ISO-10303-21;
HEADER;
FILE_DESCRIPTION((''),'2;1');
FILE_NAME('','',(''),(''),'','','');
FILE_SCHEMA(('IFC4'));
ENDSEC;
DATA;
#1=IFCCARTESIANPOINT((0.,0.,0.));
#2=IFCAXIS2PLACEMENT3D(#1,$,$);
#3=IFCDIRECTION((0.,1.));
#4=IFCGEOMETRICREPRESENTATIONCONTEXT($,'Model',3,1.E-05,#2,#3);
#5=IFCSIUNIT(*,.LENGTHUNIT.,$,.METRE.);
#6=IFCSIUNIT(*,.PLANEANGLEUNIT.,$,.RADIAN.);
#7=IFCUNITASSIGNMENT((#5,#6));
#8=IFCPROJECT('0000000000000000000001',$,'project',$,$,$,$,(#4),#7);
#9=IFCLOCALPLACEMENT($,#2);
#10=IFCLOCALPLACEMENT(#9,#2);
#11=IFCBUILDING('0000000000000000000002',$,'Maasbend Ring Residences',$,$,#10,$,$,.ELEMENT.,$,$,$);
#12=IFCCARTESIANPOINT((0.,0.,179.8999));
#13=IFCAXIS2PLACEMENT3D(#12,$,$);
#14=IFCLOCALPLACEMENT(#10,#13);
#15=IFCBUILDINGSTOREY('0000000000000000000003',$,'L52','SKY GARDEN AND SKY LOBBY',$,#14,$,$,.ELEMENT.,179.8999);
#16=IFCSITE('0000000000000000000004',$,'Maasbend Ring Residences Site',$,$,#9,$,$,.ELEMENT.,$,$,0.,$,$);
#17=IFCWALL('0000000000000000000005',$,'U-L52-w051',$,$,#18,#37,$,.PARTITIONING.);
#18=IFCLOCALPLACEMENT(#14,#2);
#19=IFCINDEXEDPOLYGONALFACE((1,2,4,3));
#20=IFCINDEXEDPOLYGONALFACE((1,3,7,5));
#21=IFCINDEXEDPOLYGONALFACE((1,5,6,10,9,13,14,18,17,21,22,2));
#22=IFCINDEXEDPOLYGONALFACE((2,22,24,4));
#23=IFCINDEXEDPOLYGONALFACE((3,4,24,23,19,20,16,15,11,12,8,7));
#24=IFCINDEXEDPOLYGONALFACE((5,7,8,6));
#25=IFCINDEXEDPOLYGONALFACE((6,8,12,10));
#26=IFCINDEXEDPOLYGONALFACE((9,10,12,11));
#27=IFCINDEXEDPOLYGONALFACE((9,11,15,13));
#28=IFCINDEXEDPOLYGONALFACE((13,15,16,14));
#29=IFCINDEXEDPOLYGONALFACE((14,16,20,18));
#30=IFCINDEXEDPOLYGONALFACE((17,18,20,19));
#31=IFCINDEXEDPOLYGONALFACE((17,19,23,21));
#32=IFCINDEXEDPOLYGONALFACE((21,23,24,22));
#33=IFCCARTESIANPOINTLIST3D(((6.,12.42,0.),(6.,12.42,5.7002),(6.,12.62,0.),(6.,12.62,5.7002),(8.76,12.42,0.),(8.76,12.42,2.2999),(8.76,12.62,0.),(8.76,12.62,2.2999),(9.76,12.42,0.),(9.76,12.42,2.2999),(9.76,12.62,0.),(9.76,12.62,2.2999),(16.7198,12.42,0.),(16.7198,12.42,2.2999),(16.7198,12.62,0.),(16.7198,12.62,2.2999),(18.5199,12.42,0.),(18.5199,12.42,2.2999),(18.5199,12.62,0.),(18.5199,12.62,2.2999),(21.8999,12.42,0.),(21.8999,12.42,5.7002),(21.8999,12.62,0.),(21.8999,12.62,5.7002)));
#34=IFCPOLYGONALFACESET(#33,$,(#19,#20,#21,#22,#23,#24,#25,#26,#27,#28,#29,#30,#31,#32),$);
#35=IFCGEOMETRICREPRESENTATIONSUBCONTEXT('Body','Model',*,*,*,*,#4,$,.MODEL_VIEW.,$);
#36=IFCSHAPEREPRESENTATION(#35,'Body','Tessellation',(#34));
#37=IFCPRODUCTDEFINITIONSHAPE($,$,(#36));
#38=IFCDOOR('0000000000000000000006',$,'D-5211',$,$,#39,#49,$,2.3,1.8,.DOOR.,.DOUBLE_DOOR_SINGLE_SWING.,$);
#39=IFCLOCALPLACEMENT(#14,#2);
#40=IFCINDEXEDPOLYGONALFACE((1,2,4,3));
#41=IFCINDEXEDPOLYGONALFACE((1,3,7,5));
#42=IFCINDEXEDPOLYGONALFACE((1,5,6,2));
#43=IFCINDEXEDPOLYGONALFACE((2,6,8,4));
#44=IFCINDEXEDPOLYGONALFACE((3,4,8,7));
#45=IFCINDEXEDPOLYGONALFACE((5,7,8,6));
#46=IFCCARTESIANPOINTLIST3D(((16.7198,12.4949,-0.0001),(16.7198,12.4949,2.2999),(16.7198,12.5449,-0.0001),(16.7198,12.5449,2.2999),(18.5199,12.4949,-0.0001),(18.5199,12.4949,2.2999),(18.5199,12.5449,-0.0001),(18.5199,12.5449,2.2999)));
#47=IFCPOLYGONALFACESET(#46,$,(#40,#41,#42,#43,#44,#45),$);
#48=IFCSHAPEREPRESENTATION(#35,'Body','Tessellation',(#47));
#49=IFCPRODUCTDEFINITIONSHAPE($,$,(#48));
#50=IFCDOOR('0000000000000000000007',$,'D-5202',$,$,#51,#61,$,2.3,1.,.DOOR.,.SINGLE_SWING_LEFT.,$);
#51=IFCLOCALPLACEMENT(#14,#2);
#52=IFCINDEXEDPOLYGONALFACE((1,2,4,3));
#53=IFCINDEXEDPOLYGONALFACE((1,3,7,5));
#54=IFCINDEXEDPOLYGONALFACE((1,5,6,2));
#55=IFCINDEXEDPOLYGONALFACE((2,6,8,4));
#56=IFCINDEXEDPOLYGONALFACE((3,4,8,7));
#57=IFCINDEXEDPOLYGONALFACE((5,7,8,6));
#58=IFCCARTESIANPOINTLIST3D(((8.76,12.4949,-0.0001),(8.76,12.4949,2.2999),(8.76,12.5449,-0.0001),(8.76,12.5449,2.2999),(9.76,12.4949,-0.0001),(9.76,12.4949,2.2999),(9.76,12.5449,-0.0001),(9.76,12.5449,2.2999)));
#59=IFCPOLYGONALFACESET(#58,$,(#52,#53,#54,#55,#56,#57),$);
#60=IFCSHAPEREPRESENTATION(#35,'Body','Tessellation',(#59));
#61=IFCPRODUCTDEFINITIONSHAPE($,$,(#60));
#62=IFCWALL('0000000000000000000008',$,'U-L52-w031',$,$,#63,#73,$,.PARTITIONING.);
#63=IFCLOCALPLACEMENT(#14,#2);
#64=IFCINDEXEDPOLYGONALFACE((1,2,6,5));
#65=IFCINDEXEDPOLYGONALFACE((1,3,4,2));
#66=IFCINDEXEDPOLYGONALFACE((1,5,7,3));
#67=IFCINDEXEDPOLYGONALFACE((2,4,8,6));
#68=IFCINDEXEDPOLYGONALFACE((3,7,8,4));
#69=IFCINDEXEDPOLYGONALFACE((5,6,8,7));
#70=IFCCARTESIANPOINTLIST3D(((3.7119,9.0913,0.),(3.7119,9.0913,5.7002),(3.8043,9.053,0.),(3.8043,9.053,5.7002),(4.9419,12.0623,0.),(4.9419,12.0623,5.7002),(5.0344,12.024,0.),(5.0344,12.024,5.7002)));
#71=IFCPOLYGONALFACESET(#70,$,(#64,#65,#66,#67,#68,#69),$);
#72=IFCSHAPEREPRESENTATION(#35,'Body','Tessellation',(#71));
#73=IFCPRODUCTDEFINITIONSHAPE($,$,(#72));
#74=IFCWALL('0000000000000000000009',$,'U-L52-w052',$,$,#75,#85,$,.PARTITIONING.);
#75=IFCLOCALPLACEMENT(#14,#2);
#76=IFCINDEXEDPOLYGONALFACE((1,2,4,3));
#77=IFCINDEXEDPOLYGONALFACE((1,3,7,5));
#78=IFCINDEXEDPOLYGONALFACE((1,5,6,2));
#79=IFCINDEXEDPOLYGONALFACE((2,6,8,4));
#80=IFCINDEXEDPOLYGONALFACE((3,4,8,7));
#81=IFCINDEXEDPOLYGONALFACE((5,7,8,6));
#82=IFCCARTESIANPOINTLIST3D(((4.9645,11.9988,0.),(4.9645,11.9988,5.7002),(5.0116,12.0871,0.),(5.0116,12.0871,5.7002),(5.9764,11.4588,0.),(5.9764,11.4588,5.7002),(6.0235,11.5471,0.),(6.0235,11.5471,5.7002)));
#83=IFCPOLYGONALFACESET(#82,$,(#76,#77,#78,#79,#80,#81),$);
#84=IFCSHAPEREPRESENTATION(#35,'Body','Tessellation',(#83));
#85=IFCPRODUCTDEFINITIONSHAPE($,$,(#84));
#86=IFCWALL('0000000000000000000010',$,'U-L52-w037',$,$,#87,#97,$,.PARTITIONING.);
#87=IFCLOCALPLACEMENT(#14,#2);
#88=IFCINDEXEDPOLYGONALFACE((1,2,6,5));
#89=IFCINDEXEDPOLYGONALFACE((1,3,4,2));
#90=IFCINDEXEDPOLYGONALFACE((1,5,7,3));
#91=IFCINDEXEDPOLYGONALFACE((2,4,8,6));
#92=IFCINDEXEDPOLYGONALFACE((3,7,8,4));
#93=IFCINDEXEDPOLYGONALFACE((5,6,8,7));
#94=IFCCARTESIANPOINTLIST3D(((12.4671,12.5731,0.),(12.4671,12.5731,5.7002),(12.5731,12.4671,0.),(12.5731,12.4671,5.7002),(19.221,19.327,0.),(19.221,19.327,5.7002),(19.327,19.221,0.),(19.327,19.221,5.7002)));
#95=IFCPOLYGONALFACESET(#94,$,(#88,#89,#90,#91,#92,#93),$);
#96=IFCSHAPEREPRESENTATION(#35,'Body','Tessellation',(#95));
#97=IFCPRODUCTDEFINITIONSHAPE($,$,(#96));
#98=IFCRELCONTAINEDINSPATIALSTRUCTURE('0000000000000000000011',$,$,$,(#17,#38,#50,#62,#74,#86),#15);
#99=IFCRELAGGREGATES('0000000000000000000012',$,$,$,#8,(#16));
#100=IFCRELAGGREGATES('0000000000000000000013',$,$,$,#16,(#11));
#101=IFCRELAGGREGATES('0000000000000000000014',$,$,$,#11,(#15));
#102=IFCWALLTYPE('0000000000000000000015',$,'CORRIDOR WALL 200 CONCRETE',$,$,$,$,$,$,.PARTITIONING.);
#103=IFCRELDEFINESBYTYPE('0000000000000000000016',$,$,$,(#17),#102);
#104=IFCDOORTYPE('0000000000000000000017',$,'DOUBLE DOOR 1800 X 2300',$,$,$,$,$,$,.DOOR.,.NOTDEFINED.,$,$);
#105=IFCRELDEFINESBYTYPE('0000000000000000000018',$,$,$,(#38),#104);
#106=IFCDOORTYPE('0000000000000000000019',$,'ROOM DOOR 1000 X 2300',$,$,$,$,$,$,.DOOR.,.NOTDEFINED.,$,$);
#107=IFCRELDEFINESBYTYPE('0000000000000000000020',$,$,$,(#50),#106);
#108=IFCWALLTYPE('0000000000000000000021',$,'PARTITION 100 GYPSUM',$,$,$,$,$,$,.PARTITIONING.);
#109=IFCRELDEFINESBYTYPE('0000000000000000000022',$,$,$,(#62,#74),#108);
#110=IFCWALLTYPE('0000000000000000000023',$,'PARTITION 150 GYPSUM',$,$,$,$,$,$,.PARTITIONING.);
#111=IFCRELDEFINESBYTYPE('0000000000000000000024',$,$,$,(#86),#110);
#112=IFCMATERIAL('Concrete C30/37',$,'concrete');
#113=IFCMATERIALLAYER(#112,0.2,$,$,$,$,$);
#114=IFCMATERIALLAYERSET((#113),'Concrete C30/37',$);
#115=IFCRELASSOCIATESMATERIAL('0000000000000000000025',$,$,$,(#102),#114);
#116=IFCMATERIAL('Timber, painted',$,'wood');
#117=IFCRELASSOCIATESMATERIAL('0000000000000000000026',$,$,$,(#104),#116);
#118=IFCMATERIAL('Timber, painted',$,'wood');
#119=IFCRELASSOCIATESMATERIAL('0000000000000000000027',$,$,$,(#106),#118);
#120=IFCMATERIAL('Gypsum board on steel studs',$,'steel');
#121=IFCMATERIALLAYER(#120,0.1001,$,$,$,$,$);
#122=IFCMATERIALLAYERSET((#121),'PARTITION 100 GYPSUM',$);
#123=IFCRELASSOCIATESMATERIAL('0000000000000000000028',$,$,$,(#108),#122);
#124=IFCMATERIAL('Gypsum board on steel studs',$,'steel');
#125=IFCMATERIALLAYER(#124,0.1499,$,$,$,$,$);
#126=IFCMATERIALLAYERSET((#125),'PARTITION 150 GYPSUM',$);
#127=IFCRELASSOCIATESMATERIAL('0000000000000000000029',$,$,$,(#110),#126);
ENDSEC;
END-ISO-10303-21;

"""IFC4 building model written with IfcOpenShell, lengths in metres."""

from ifc_helpers import new_model, si_unit, direction, frame, frame_2d, origin, place, context, subcontext, project, spatial, rectangle, extrude, material, layer, layer_set, type_object, element, fill, save


model = new_model("IFC4")

# Units and contexts
model_context = context("Model", 3, precision=1e-05, world=origin(), true_north=direction((0.0, 1.0)))
body_context = subcontext(model_context, "Body", "Model", "MODEL_VIEW")
ifc_project = project(units=[si_unit("LENGTHUNIT", "METRE"), si_unit("PLANEANGLEUNIT", "RADIAN")], contexts=[model_context])

# Site, building, storey
site_placement = place(None, origin())
site = spatial("IfcSite", under=ifc_project, at=site_placement, Name="Maasbend Ring Residences Site", CompositionType="ELEMENT", RefElevation=0.0)
building_placement = place(site_placement, origin())
building = spatial("IfcBuilding", under=site, at=building_placement, Name="Maasbend Ring Residences", CompositionType="ELEMENT")
storey_placement = place(building_placement, frame((0.0, 0.0, 179.8999)))
storey = spatial("IfcBuildingStorey", under=building, at=storey_placement, Name="L52", Description="SKY GARDEN AND SKY LOBBY", CompositionType="ELEMENT", Elevation=179.8999)

# Shared definitions
ifc_material_1 = material(Name="Concrete C30/37", Category="concrete")
ifc_layer_1 = layer(ifc_material_1, 0.2)
ifc_layer_set_1 = layer_set([ifc_layer_1], Name="Concrete C30/37")
wall_type_1 = type_object("IfcWallType", Name="CORRIDOR WALL 200 CONCRETE", PredefinedType="PARTITIONING", material=ifc_layer_set_1)

# Wall, openings, doors
wall_1_placement = place(storey_placement, frame((6.0, 12.52, 0.0), z_axis=(0.0, 0.0, 1.0), x_axis=(1.0, 0.0, 0.0)))
wall_1 = element("IfcWall", 1, at=wall_1_placement, inside=storey, type_object=wall_type_1, Name="U-L52-w051", PredefinedType="PARTITIONING", context=body_context, shape_type="SweptSolid", body=[
    extrude(rectangle(XDim=15.8999, YDim=0.2, at=frame_2d((7.95, 0.0))), origin(), (0.0, 0.0, 1.0), 5.7002),
])
opening_1_placement = place(wall_1_placement, frame((2.76, 0.0, 0.0)))
opening_1 = element("IfcOpeningElement", 2, at=opening_1_placement, cuts=wall_1, PredefinedType="OPENING", context=body_context, shape_type="SweptSolid", body=[
    extrude(rectangle(XDim=1.0, YDim=2.3, at=frame_2d((0.5, 1.1499))), frame((0.0, 0.1099, 0.0), z_axis=(0.0, -1.0, 0.0), x_axis=(1.0, 0.0, 0.0)), (0.0, 0.0, 1.0), 0.22),
])
opening_2_placement = place(wall_1_placement, frame((10.72, 0.0, 0.0)))
opening_2 = element("IfcOpeningElement", 3, at=opening_2_placement, cuts=wall_1, PredefinedType="OPENING", context=body_context, shape_type="SweptSolid", body=[
    extrude(rectangle(XDim=1.8, YDim=2.3, at=frame_2d((0.8999, 1.1499))), frame((0.0, 0.1099, 0.0), z_axis=(0.0, -1.0, 0.0), x_axis=(1.0, 0.0, 0.0)), (0.0, 0.0, 1.0), 0.22),
])
ifc_material_2 = material(Name="Timber, painted", Category="wood")
door_type_1 = type_object("IfcDoorType", Name="DOUBLE DOOR 1800 X 2300", OperationType="NOTDEFINED", PredefinedType="DOOR", material=ifc_material_2)
door_1_placement = place(opening_2_placement, origin())
door_1 = element("IfcDoor", 4, at=door_1_placement, inside=storey, type_object=door_type_1, Name="D-5211", OperationType="DOUBLE_DOOR_SINGLE_SWING", OverallHeight=2.3, OverallWidth=1.8, PredefinedType="DOOR", context=body_context, shape_type="SweptSolid", body=[
    extrude(rectangle(XDim=1.8, YDim=2.3, at=frame_2d((0.8999, 1.1499))), frame((0.0, 0.0249, 0.0), z_axis=(0.0, -1.0, 0.0), x_axis=(1.0, 0.0, 0.0)), (0.0, 0.0, 1.0), 0.05),
])
fill(opening_2, door_1)
ifc_material_3 = material(Name="Timber, painted", Category="wood")
door_type_2 = type_object("IfcDoorType", Name="ROOM DOOR 1000 X 2300", OperationType="NOTDEFINED", PredefinedType="DOOR", material=ifc_material_3)
door_2_placement = place(opening_1_placement, origin())
door_2 = element("IfcDoor", 5, at=door_2_placement, inside=storey, type_object=door_type_2, Name="D-5202", OperationType="SINGLE_SWING_LEFT", OverallHeight=2.3, OverallWidth=1.0, PredefinedType="DOOR", context=body_context, shape_type="SweptSolid", body=[
    extrude(rectangle(XDim=1.0, YDim=2.3, at=frame_2d((0.5, 1.1499))), frame((0.0, 0.0249, 0.0), z_axis=(0.0, -1.0, 0.0), x_axis=(1.0, 0.0, 0.0)), (0.0, 0.0, 1.0), 0.05),
])
fill(opening_1, door_2)

# Walls
ifc_material_4 = material(Name="Gypsum board on steel studs", Category="steel")
ifc_layer_2 = layer(ifc_material_4, 0.1001)
ifc_layer_set_2 = layer_set([ifc_layer_2], Name="PARTITION 100 GYPSUM")
wall_type_2 = type_object("IfcWallType", Name="PARTITION 100 GYPSUM", PredefinedType="PARTITIONING", material=ifc_layer_set_2)
wall_2_placement = place(storey_placement, frame((3.7581, 9.072, 0.0), z_axis=(0.0, 0.0, 1.0), x_axis=(0.382517, 0.923948, 0.0)))
element("IfcWall", 6, at=wall_2_placement, inside=storey, type_object=wall_type_2, Name="U-L52-w031", PredefinedType="PARTITIONING", context=body_context, shape_type="SweptSolid", body=[
    extrude(rectangle(XDim=3.2156, YDim=0.1001, at=frame_2d((1.6079, 0.0))), origin(), (0.0, 0.0, 1.0), 5.7002),
])
wall_3_placement = place(storey_placement, frame((4.988, 12.043, 0.0), z_axis=(0.0, 0.0, 1.0), x_axis=(0.882235, -0.470809, 0.0)))
element("IfcWall", 7, at=wall_3_placement, inside=storey, type_object=wall_type_2, Name="U-L52-w052", PredefinedType="PARTITIONING", context=body_context, shape_type="SweptSolid", body=[
    extrude(rectangle(XDim=1.147, YDim=0.1001, at=frame_2d((0.5735, 0.0))), origin(), (0.0, 0.0, 1.0), 5.7002),
])
ifc_material_5 = material(Name="Gypsum board on steel studs", Category="steel")
ifc_layer_3 = layer(ifc_material_5, 0.1499)
ifc_layer_set_3 = layer_set([ifc_layer_3], Name="PARTITION 150 GYPSUM")
wall_type_3 = type_object("IfcWallType", Name="PARTITION 150 GYPSUM", PredefinedType="PARTITIONING", material=ifc_layer_set_3)
wall_4_placement = place(storey_placement, frame((12.52, 12.52, 0.0), z_axis=(0.0, 0.0, 1.0), x_axis=(0.707107, 0.707107, 0.0)))
element("IfcWall", 8, at=wall_4_placement, inside=storey, type_object=wall_type_3, Name="U-L52-w037", PredefinedType="PARTITIONING", context=body_context, shape_type="SweptSolid", body=[
    extrude(rectangle(XDim=9.5515, YDim=0.1499, at=frame_2d((4.7759, 0.0))), origin(), (0.0, 0.0, 1.0), 5.7002),
])

save(model, "model.ifc")
